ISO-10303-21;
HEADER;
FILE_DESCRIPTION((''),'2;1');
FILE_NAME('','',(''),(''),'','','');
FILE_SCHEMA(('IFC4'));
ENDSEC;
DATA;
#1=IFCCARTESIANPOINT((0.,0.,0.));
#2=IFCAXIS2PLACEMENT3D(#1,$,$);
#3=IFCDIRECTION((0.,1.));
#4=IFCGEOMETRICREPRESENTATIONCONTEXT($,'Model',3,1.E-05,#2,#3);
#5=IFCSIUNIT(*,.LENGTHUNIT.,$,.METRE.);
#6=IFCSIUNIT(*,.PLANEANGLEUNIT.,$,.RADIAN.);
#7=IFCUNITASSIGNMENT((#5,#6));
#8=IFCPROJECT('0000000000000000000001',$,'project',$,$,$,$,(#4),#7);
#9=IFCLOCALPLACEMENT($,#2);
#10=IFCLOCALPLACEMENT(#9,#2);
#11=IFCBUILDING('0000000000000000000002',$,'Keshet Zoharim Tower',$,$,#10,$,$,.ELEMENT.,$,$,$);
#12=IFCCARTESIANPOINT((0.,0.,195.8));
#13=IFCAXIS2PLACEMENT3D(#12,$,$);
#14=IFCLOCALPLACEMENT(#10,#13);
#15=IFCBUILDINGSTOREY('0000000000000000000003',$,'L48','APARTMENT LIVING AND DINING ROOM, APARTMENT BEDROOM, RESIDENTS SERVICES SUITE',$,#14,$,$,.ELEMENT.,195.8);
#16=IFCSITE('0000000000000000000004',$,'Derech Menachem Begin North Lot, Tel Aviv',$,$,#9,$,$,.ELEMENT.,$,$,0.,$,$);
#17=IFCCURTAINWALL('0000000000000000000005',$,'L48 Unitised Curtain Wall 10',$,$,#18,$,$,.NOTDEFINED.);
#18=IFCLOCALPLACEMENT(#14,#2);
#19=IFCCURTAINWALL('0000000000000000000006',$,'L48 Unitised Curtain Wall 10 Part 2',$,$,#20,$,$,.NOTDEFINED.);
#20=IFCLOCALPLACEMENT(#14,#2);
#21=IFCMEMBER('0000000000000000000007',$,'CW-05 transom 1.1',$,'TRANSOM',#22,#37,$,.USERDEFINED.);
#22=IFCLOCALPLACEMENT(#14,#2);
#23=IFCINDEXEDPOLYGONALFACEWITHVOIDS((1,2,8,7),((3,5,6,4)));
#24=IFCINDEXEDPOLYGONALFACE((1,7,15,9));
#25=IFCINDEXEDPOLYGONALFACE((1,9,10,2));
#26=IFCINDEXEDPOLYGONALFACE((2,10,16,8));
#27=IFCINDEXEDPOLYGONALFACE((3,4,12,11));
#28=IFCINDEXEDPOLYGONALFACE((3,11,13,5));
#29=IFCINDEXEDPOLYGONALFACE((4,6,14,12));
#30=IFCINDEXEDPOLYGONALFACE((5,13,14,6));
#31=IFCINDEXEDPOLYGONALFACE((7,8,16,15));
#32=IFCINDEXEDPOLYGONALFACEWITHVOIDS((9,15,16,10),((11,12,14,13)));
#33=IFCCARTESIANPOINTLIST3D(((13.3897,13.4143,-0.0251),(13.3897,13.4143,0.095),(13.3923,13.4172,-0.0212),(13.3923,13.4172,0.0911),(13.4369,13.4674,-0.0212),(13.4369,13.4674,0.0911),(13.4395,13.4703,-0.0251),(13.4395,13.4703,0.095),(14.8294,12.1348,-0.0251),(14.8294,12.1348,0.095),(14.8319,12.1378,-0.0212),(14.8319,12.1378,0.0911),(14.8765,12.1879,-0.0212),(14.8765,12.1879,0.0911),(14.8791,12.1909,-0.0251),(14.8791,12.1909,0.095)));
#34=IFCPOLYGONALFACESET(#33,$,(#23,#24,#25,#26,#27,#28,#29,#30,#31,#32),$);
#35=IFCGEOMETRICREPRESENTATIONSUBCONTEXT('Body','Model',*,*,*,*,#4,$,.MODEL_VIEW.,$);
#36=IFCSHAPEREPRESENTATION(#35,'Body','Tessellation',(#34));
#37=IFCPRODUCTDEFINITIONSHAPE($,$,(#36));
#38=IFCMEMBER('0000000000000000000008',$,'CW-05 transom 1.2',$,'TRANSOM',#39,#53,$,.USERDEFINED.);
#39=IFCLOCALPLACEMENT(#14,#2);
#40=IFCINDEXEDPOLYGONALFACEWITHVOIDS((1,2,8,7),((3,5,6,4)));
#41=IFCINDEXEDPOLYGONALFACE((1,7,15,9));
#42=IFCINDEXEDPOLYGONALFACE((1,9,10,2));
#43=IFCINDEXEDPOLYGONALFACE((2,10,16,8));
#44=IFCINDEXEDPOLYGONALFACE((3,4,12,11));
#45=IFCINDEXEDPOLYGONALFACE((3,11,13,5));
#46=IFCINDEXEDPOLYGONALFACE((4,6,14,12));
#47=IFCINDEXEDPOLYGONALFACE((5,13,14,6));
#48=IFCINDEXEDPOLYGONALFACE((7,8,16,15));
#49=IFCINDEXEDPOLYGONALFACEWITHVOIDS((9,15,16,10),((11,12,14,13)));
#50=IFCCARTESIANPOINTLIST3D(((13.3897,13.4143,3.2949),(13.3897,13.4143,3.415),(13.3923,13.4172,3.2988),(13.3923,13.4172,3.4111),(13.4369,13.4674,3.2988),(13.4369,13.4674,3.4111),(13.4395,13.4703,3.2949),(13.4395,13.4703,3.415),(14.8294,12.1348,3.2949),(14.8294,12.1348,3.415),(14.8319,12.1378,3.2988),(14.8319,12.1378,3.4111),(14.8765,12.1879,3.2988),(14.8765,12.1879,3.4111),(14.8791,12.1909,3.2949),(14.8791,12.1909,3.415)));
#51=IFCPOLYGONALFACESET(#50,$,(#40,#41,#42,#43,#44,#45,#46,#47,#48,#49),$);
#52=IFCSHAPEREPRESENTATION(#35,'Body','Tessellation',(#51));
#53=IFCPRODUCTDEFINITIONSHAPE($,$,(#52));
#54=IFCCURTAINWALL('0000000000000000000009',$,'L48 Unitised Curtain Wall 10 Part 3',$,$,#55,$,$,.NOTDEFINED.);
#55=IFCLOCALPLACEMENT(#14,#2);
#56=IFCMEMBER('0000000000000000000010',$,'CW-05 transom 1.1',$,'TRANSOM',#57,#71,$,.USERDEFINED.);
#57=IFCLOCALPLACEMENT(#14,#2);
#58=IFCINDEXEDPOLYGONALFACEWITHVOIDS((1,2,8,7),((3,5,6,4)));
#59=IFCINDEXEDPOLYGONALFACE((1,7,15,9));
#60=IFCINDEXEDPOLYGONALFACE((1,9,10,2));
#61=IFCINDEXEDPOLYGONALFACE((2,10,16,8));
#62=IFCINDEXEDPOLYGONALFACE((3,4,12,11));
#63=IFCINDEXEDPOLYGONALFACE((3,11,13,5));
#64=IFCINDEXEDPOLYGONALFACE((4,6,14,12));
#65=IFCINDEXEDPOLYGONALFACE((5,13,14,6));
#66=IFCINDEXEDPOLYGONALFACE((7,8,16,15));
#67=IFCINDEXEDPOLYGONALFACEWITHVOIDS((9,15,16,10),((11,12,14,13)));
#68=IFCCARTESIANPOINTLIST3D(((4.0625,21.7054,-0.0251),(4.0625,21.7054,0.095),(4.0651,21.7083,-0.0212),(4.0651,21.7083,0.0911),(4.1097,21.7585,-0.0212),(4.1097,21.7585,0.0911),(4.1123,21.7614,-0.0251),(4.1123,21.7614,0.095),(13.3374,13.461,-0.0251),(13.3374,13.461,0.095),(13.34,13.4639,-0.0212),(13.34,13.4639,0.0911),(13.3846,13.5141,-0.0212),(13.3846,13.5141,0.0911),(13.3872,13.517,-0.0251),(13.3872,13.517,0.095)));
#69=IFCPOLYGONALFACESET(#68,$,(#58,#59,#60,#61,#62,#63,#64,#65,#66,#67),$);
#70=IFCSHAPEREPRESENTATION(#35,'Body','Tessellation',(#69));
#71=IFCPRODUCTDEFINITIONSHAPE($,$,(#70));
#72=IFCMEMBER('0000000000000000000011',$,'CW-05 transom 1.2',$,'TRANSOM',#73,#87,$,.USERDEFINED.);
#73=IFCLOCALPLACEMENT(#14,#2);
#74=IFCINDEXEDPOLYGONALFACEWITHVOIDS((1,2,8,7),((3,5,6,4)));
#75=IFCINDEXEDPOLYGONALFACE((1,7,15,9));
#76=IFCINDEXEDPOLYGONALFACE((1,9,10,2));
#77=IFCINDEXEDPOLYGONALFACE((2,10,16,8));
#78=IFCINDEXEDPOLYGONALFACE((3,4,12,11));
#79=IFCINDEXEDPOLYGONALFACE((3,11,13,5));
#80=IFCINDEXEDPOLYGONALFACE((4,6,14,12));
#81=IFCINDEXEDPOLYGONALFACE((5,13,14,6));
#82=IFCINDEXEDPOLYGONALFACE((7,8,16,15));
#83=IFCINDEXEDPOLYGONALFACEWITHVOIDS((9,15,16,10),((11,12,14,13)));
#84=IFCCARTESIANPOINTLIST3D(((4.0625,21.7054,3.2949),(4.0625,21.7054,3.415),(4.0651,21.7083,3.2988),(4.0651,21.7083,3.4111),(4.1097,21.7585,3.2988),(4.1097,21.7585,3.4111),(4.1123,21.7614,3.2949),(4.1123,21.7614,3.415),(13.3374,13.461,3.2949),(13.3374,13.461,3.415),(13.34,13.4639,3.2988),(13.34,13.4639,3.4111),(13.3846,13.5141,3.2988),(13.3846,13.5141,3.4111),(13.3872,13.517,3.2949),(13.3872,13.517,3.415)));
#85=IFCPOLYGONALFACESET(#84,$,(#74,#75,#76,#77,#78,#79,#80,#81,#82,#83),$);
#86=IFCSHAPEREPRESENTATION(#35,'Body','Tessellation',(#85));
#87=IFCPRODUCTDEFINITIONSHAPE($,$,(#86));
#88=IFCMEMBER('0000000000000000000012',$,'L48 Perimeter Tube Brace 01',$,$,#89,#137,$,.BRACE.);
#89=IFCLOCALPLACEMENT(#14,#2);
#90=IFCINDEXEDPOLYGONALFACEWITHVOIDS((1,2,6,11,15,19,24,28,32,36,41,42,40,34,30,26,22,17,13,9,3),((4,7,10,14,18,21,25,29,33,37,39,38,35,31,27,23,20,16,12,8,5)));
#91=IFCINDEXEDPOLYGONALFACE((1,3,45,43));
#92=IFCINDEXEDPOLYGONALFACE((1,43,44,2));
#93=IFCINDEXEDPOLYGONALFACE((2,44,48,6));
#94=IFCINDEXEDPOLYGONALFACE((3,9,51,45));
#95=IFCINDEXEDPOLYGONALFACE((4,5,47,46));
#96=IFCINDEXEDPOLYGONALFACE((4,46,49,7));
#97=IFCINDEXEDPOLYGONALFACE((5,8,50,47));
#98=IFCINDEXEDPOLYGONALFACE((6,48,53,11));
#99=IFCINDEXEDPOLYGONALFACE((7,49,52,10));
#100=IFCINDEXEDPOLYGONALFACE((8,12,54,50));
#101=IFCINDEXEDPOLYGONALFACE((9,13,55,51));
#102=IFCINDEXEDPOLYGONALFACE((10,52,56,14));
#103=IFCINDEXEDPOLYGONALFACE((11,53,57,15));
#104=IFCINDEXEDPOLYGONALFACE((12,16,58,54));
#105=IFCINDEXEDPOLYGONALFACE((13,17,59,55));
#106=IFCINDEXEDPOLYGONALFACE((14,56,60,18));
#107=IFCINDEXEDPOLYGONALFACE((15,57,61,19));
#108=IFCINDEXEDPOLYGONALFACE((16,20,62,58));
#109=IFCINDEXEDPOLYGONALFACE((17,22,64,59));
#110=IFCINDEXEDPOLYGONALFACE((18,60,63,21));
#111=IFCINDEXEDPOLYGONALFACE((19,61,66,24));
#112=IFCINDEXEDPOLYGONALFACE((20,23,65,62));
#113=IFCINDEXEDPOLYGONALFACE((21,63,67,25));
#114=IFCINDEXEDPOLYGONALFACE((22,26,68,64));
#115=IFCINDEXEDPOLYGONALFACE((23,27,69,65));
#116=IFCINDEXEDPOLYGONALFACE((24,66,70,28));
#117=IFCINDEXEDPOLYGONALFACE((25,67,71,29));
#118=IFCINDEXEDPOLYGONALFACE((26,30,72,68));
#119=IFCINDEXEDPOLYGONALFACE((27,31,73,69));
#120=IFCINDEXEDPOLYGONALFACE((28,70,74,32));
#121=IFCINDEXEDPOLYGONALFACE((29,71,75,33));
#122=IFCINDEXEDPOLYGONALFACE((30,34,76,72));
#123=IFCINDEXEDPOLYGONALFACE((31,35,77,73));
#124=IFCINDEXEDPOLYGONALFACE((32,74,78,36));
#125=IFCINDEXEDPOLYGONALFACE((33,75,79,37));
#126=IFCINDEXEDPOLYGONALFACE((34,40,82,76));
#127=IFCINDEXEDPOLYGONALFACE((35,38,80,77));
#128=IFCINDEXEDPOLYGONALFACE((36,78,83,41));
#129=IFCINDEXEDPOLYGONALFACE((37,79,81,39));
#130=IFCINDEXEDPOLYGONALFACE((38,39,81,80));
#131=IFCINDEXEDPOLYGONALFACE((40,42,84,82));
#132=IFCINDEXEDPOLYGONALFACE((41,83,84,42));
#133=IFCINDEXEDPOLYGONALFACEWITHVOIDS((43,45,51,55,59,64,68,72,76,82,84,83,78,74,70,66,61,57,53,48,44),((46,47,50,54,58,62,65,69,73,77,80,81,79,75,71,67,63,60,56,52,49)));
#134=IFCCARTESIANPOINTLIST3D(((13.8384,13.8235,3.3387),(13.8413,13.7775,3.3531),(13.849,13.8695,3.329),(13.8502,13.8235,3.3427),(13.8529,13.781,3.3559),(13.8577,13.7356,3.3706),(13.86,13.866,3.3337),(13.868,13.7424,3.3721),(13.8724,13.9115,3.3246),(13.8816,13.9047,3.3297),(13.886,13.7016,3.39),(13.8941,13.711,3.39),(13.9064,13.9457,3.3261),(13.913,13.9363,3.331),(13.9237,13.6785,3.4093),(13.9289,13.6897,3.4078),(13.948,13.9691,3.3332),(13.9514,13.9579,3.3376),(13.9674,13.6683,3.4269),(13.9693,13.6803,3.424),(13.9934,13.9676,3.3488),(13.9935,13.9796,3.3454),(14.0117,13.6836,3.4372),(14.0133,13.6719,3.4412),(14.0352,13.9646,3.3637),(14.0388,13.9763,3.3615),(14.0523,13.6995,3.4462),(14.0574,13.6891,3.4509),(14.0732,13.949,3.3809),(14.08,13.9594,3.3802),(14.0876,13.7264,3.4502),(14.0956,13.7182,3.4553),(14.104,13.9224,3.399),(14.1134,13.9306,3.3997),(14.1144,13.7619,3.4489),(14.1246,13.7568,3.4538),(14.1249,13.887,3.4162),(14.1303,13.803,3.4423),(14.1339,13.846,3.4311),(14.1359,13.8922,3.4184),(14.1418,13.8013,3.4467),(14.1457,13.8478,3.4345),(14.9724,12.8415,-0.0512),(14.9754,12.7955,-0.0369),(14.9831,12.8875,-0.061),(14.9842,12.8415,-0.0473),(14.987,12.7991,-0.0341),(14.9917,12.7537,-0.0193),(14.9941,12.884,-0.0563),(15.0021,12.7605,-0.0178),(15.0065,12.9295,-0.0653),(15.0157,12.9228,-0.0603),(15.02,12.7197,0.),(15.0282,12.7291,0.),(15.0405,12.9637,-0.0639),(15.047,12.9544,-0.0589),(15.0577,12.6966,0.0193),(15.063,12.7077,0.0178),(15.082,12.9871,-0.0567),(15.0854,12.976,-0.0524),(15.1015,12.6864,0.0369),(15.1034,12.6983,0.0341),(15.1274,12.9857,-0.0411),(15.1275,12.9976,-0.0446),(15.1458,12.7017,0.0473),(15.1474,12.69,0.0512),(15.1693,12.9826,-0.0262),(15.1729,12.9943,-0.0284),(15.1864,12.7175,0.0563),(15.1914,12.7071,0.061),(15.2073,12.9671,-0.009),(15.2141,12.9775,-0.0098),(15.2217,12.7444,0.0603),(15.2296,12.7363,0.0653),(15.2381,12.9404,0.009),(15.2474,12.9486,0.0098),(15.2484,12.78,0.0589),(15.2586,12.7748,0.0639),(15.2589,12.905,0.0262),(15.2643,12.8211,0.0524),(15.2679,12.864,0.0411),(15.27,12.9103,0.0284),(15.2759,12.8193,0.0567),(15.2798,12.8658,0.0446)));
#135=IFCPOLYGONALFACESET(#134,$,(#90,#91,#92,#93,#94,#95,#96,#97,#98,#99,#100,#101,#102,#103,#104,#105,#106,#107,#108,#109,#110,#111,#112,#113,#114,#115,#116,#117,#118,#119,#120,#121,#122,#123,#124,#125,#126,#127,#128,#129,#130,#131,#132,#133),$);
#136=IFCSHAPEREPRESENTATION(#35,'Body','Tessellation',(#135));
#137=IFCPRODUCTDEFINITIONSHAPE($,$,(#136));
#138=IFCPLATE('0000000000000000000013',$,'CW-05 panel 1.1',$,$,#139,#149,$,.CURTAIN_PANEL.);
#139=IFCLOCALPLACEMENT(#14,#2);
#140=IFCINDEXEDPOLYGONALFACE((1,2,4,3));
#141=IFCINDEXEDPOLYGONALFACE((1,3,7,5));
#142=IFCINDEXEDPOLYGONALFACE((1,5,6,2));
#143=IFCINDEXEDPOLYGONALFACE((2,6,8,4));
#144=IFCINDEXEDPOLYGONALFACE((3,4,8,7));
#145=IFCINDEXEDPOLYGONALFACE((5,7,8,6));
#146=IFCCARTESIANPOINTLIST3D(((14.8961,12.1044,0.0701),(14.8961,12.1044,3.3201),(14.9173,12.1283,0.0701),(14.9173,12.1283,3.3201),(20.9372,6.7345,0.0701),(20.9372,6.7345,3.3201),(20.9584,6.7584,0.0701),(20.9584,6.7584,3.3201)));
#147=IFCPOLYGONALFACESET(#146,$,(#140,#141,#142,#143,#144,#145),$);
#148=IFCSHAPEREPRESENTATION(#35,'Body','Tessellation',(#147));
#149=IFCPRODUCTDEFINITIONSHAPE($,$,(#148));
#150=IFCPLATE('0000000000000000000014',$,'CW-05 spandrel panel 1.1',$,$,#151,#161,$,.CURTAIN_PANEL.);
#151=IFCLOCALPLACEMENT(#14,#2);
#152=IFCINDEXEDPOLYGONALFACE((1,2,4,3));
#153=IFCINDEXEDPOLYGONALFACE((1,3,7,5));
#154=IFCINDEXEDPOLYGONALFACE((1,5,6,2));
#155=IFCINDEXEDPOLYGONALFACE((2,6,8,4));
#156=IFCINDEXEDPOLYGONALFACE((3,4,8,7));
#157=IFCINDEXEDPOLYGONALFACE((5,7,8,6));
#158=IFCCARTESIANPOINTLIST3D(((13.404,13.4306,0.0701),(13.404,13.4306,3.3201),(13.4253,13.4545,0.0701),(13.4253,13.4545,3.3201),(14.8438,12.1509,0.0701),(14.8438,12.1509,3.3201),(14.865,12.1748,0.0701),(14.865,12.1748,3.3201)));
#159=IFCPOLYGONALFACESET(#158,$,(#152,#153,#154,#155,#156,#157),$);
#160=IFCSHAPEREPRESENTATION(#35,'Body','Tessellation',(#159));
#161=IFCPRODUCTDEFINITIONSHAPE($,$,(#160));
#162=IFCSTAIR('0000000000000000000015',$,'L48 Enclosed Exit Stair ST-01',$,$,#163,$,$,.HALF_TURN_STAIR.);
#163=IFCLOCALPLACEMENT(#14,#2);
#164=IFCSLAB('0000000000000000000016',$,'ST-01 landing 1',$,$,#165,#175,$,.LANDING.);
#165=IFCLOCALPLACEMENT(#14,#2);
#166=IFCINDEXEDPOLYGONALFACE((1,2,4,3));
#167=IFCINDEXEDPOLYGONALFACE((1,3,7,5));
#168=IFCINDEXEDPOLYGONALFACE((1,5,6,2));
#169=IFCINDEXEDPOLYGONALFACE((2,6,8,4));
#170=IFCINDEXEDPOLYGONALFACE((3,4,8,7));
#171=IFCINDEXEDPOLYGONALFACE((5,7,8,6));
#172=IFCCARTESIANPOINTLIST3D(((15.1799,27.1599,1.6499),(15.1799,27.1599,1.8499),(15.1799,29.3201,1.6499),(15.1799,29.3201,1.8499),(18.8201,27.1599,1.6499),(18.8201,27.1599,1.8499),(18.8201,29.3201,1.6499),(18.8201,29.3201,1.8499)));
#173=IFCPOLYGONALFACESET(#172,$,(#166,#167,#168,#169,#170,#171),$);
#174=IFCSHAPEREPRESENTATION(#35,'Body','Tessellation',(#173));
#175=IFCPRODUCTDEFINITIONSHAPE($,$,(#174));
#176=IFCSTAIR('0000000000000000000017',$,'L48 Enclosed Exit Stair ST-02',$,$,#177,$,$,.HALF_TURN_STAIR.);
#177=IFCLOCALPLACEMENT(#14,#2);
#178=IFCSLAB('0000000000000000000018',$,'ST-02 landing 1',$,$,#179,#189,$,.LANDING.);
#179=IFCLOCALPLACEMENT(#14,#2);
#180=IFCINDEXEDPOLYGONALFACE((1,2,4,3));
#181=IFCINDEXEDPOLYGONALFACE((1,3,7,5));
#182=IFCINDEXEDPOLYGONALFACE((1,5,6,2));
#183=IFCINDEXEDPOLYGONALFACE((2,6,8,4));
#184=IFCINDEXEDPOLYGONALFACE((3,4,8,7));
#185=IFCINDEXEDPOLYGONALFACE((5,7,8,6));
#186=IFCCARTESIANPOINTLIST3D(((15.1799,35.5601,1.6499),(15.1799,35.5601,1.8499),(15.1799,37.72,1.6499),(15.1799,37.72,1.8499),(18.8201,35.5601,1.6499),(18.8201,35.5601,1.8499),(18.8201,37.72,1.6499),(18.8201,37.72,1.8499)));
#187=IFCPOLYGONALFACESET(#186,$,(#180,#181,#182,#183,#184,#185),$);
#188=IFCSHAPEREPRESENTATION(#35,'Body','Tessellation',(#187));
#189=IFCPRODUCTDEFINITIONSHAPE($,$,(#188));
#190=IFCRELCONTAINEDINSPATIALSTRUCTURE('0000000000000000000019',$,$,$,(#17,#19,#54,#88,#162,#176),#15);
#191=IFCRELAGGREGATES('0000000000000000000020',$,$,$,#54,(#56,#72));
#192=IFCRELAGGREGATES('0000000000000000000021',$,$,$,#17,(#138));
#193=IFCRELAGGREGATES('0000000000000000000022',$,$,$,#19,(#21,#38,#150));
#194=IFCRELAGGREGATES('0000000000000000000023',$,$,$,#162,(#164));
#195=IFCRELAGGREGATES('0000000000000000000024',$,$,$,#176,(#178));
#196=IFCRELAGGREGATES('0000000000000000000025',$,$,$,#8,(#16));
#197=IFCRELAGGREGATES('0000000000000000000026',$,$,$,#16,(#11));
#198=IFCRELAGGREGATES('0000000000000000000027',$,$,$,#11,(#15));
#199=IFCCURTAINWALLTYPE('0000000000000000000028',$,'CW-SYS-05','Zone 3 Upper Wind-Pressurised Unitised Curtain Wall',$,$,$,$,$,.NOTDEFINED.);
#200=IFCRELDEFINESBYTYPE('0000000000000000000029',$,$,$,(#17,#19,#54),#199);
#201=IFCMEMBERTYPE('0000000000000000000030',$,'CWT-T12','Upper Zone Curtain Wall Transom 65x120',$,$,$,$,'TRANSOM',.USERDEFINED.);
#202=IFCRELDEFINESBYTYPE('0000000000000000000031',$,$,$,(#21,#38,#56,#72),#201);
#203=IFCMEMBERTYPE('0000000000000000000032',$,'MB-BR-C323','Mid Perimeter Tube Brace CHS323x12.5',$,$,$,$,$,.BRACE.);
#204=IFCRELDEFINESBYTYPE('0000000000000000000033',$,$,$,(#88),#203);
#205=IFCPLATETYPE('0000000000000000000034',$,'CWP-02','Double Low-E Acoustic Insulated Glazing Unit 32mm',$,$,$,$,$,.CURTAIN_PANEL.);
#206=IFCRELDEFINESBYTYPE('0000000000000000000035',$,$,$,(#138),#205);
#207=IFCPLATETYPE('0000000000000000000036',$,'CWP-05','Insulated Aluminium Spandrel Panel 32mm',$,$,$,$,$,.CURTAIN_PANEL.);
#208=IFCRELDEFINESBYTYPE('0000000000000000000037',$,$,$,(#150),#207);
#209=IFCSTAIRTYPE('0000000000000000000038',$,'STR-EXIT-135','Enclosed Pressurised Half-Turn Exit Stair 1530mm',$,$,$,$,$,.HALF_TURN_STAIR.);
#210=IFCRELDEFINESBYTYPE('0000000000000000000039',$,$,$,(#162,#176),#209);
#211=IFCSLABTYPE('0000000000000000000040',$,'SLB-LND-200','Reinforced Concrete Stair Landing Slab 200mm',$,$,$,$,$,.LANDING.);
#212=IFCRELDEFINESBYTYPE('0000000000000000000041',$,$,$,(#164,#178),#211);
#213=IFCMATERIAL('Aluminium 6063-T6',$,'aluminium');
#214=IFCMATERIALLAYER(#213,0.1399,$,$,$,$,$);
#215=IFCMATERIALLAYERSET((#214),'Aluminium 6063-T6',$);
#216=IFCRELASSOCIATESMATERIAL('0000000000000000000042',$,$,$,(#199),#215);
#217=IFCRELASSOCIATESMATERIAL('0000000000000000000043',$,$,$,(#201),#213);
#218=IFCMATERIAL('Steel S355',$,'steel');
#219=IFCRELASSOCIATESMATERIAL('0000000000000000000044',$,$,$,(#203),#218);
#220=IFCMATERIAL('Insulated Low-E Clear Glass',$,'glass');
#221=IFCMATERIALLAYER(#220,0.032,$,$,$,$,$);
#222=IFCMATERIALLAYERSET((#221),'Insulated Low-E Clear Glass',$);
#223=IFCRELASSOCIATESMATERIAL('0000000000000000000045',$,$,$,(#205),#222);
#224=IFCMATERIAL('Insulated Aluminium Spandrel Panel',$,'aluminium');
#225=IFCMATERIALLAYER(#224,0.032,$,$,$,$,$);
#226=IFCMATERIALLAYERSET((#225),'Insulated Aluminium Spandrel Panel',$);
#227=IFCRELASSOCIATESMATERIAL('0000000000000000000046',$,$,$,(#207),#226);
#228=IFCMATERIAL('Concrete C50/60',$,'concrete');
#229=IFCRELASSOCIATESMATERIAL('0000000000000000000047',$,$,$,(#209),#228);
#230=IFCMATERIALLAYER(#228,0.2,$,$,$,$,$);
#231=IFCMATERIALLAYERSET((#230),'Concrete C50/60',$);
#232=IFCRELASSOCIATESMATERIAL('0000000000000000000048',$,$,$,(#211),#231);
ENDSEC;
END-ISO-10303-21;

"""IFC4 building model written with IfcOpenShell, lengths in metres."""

from ifc_helpers import new_model, si_unit, direction, frame, origin, origin_2d, place, context, subcontext, project, spatial, polyline, rectangle, hollow_rectangle, hollow_circle, outline, extrude, material, layer, layer_set, material_profile, profile_set, type_object, element, aggregate, save


model = new_model("IFC4")

# Units and contexts
model_context = context("Model", 3, precision=1e-05, world=origin(), true_north=direction((0.0, 1.0)))
body_context = subcontext(model_context, "Body", "Model", "MODEL_VIEW")
ifc_project = project(units=[si_unit("LENGTHUNIT", "METRE"), si_unit("PLANEANGLEUNIT", "RADIAN")], contexts=[model_context])

# Site, building, storey
site_placement = place(None, origin())
site = spatial("IfcSite", under=ifc_project, at=site_placement, Name="Derech Menachem Begin North Lot, Tel Aviv", CompositionType="ELEMENT", RefElevation=0.0)
building_placement = place(site_placement, origin())
building = spatial("IfcBuilding", under=site, at=building_placement, Name="Keshet Zoharim Tower", CompositionType="ELEMENT")
storey_placement = place(building_placement, frame((0.0, 0.0, 195.8)))
storey = spatial("IfcBuildingStorey", under=building, at=storey_placement, Name="L48", Description="APARTMENT LIVING AND DINING ROOM, APARTMENT BEDROOM, RESIDENTS SERVICES SUITE", CompositionType="ELEMENT", Elevation=195.8)

# Shared definitions
ifc_material_1 = material(Name="Steel S355", Category="steel")

# Curtain wall
ifc_material_2 = material(Name="Aluminium 6063-T6", Category="aluminium")
ifc_layer_1 = layer(ifc_material_2, 0.1399)
ifc_layer_set_1 = layer_set([ifc_layer_1], Name="Aluminium 6063-T6")
curtain_wall_type = type_object("IfcCurtainWallType", Name="CW-SYS-05", Description="Zone 3 Upper Wind-Pressurised Unitised Curtain Wall", PredefinedType="NOTDEFINED", material=ifc_layer_set_1)
curtain_wall_1_placement = place(storey_placement, origin())
curtain_wall_1 = element("IfcCurtainWall", 1, at=curtain_wall_1_placement, inside=storey, type_object=curtain_wall_type, Name="L48 Unitised Curtain Wall 10", PredefinedType="NOTDEFINED")

# Curtain walls, members
curtain_wall_2_placement = place(storey_placement, origin())
curtain_wall_2 = element("IfcCurtainWall", 2, at=curtain_wall_2_placement, inside=storey, type_object=curtain_wall_type, Name="L48 Unitised Curtain Wall 10 Part 2", PredefinedType="NOTDEFINED")
ifc_material_profile_1 = material_profile(ifc_material_2, hollow_rectangle(XDim=0.075, YDim=0.1201, WallThickness=0.0039, at=origin_2d()), Name="TRN-75x120")
ifc_profile_set_1 = profile_set([ifc_material_profile_1], Name="Aluminium 6063-T6")
member_type_1 = type_object("IfcMemberType", Name="CWT-T12", Description="Upper Zone Curtain Wall Transom 65x120", ElementType="TRANSOM", PredefinedType="USERDEFINED", material=ifc_profile_set_1)
member_1_placement = place(storey_placement, frame((14.8542, 12.1628, 0.0349), z_axis=(-0.747458, 0.664309, 0.0), x_axis=(-0.664309, -0.747458, 0.0)))
member_1 = element("IfcMember", 3, at=member_1_placement, type_object=member_type_1, Name="CW-05 transom 1.1", ObjectType="TRANSOM", PredefinedType="USERDEFINED", context=body_context, shape_type="SweptSolid", body=[
    extrude(hollow_rectangle(XDim=0.075, YDim=0.1201, WallThickness=0.0039, at=origin_2d()), origin(), (0.0, 0.0, 1.0), 1.926),
])
member_2_placement = place(storey_placement, frame((14.8542, 12.1628, 3.355), z_axis=(-0.747458, 0.664309, 0.0), x_axis=(-0.664309, -0.747458, 0.0)))
member_2 = element("IfcMember", 4, at=member_2_placement, type_object=member_type_1, Name="CW-05 transom 1.2", ObjectType="TRANSOM", PredefinedType="USERDEFINED", context=body_context, shape_type="SweptSolid", body=[
    extrude(hollow_rectangle(XDim=0.075, YDim=0.1201, WallThickness=0.0039, at=origin_2d()), origin(), (0.0, 0.0, 1.0), 1.926),
])
curtain_wall_3_placement = place(storey_placement, origin())
curtain_wall_3 = element("IfcCurtainWall", 5, at=curtain_wall_3_placement, inside=storey, type_object=curtain_wall_type, Name="L48 Unitised Curtain Wall 10 Part 3", PredefinedType="NOTDEFINED")
member_3_placement = place(storey_placement, frame((13.3623, 13.489, 0.0349), z_axis=(-0.747408, 0.664365, 0.0), x_axis=(-0.664365, -0.747408, 0.0)))
member_3 = element("IfcMember", 6, at=member_3_placement, type_object=member_type_1, Name="CW-05 transom 1.1", ObjectType="TRANSOM", PredefinedType="USERDEFINED", context=body_context, shape_type="SweptSolid", body=[
    extrude(hollow_rectangle(XDim=0.075, YDim=0.1201, WallThickness=0.0039, at=origin_2d()), origin(), (0.0, 0.0, 1.0), 12.4094),
])
member_4_placement = place(storey_placement, frame((13.3623, 13.489, 3.355), z_axis=(-0.747408, 0.664365, 0.0), x_axis=(-0.664365, -0.747408, 0.0)))
member_4 = element("IfcMember", 7, at=member_4_placement, type_object=member_type_1, Name="CW-05 transom 1.2", ObjectType="TRANSOM", PredefinedType="USERDEFINED", context=body_context, shape_type="SweptSolid", body=[
    extrude(hollow_rectangle(XDim=0.075, YDim=0.1201, WallThickness=0.0039, at=origin_2d()), origin(), (0.0, 0.0, 1.0), 12.4094),
])
aggregate(curtain_wall_3, [member_3, member_4])

# Member
ifc_material_profile_2 = material_profile(ifc_material_1, hollow_circle(Radius=0.1619, WallThickness=0.0125, at=origin_2d()), Name="CHS323x12.5")
ifc_profile_set_2 = profile_set([ifc_material_profile_2], Name="Steel S355")
member_type_2 = type_object("IfcMemberType", Name="MB-BR-C323", Description="Mid Perimeter Tube Brace CHS323x12.5", PredefinedType="BRACE", material=ifc_profile_set_2)
member_5_placement = place(storey_placement, frame((15.126, 12.842, 0.0), z_axis=(-0.30592, 0.264889, 0.914466), x_axis=(-0.65459, -0.755984, 0.0)))
element("IfcMember", 8, at=member_5_placement, inside=storey, type_object=member_type_2, Name="L48 Perimeter Tube Brace 01", PredefinedType="BRACE", context=body_context, shape_type="SweptSolid", body=[
    extrude(hollow_circle(Radius=0.1619, WallThickness=0.0125, at=origin_2d()), origin(), (0.0, 0.0, 1.0), 3.707),
])

# Plates
ifc_material_3 = material(Name="Insulated Low-E Clear Glass", Category="glass")
ifc_layer_2 = layer(ifc_material_3, 0.032)
ifc_layer_set_2 = layer_set([ifc_layer_2], Name="Insulated Low-E Clear Glass")
plate_type_1 = type_object("IfcPlateType", Name="CWP-02", Description="Double Low-E Acoustic Insulated Glazing Unit 32mm", PredefinedType="CURTAIN_PANEL", material=ifc_layer_set_2)
plate_1_placement = place(storey_placement, frame((17.9272, 9.4314, 0.0701), z_axis=(0.0, 0.0, 1.0), x_axis=(-0.747406, 0.664368, 0.0)))
plate_1 = element("IfcPlate", 9, at=plate_1_placement, type_object=plate_type_1, Name="CW-05 panel 1.1", PredefinedType="CURTAIN_PANEL", context=body_context, shape_type="SweptSolid", body=[
    extrude(rectangle(XDim=8.0828, YDim=0.032, at=origin_2d()), origin(), (0.0, 0.0, 1.0), 3.25),
])
aggregate(curtain_wall_1, [plate_1])
ifc_material_4 = material(Name="Insulated Aluminium Spandrel Panel", Category="aluminium")
ifc_layer_3 = layer(ifc_material_4, 0.032)
ifc_layer_set_3 = layer_set([ifc_layer_3], Name="Insulated Aluminium Spandrel Panel")
plate_type_2 = type_object("IfcPlateType", Name="CWP-05", Description="Insulated Aluminium Spandrel Panel 32mm", PredefinedType="CURTAIN_PANEL", material=ifc_layer_set_3)
plate_2_placement = place(storey_placement, frame((14.1345, 12.8027, 0.0701), z_axis=(0.0, 0.0, 1.0), x_axis=(-0.74744, 0.66433, 0.0)))
plate_2 = element("IfcPlate", 10, at=plate_2_placement, type_object=plate_type_2, Name="CW-05 spandrel panel 1.1", PredefinedType="CURTAIN_PANEL", context=body_context, shape_type="SweptSolid", body=[
    extrude(rectangle(XDim=1.9263, YDim=0.032, at=origin_2d()), origin(), (0.0, 0.0, 1.0), 3.25),
])
aggregate(curtain_wall_2, [member_1, member_2, plate_2])

# Stairs, slabs
ifc_material_5 = material(Name="Concrete C50/60", Category="concrete")
stair_type = type_object("IfcStairType", Name="STR-EXIT-135", Description="Enclosed Pressurised Half-Turn Exit Stair 1530mm", PredefinedType="HALF_TURN_STAIR", material=ifc_material_5)
stair_1_placement = place(storey_placement, origin())
stair_1 = element("IfcStair", 11, at=stair_1_placement, inside=storey, type_object=stair_type, Name="L48 Enclosed Exit Stair ST-01", PredefinedType="HALF_TURN_STAIR")
ifc_layer_4 = layer(ifc_material_5, 0.2)
ifc_layer_set_4 = layer_set([ifc_layer_4], Name="Concrete C50/60")
slab_type_1 = type_object("IfcSlabType", Name="SLB-LND-200", Description="Reinforced Concrete Stair Landing Slab 200mm", PredefinedType="LANDING", material=ifc_layer_set_4)
slab_1_placement = place(storey_placement, frame((0.0, 0.0, 1.6499)))
slab_1 = element("IfcSlab", 12, at=slab_1_placement, type_object=slab_type_1, Name="ST-01 landing 1", PredefinedType="LANDING", context=body_context, shape_type="SweptSolid", body=[
    extrude(outline(polyline([(15.1799, 27.1599), (18.8201, 27.1599), (18.8201, 29.3201), (15.1799, 29.3201), (15.1799, 27.1599)])), origin(), (0.0, 0.0, 1.0), 0.2),
])
aggregate(stair_1, [slab_1])
stair_2_placement = place(storey_placement, origin())
stair_2 = element("IfcStair", 13, at=stair_2_placement, inside=storey, type_object=stair_type, Name="L48 Enclosed Exit Stair ST-02", PredefinedType="HALF_TURN_STAIR")
slab_2_placement = place(storey_placement, frame((0.0, 0.0, 1.6499)))
slab_2 = element("IfcSlab", 14, at=slab_2_placement, type_object=slab_type_1, Name="ST-02 landing 1", PredefinedType="LANDING", context=body_context, shape_type="SweptSolid", body=[
    extrude(outline(polyline([(15.1799, 35.5601), (18.8201, 35.5601), (18.8201, 37.72), (15.1799, 37.72), (15.1799, 35.5601)])), origin(), (0.0, 0.0, 1.0), 0.2),
])
aggregate(stair_2, [slab_2])

save(model, "model.ifc")
